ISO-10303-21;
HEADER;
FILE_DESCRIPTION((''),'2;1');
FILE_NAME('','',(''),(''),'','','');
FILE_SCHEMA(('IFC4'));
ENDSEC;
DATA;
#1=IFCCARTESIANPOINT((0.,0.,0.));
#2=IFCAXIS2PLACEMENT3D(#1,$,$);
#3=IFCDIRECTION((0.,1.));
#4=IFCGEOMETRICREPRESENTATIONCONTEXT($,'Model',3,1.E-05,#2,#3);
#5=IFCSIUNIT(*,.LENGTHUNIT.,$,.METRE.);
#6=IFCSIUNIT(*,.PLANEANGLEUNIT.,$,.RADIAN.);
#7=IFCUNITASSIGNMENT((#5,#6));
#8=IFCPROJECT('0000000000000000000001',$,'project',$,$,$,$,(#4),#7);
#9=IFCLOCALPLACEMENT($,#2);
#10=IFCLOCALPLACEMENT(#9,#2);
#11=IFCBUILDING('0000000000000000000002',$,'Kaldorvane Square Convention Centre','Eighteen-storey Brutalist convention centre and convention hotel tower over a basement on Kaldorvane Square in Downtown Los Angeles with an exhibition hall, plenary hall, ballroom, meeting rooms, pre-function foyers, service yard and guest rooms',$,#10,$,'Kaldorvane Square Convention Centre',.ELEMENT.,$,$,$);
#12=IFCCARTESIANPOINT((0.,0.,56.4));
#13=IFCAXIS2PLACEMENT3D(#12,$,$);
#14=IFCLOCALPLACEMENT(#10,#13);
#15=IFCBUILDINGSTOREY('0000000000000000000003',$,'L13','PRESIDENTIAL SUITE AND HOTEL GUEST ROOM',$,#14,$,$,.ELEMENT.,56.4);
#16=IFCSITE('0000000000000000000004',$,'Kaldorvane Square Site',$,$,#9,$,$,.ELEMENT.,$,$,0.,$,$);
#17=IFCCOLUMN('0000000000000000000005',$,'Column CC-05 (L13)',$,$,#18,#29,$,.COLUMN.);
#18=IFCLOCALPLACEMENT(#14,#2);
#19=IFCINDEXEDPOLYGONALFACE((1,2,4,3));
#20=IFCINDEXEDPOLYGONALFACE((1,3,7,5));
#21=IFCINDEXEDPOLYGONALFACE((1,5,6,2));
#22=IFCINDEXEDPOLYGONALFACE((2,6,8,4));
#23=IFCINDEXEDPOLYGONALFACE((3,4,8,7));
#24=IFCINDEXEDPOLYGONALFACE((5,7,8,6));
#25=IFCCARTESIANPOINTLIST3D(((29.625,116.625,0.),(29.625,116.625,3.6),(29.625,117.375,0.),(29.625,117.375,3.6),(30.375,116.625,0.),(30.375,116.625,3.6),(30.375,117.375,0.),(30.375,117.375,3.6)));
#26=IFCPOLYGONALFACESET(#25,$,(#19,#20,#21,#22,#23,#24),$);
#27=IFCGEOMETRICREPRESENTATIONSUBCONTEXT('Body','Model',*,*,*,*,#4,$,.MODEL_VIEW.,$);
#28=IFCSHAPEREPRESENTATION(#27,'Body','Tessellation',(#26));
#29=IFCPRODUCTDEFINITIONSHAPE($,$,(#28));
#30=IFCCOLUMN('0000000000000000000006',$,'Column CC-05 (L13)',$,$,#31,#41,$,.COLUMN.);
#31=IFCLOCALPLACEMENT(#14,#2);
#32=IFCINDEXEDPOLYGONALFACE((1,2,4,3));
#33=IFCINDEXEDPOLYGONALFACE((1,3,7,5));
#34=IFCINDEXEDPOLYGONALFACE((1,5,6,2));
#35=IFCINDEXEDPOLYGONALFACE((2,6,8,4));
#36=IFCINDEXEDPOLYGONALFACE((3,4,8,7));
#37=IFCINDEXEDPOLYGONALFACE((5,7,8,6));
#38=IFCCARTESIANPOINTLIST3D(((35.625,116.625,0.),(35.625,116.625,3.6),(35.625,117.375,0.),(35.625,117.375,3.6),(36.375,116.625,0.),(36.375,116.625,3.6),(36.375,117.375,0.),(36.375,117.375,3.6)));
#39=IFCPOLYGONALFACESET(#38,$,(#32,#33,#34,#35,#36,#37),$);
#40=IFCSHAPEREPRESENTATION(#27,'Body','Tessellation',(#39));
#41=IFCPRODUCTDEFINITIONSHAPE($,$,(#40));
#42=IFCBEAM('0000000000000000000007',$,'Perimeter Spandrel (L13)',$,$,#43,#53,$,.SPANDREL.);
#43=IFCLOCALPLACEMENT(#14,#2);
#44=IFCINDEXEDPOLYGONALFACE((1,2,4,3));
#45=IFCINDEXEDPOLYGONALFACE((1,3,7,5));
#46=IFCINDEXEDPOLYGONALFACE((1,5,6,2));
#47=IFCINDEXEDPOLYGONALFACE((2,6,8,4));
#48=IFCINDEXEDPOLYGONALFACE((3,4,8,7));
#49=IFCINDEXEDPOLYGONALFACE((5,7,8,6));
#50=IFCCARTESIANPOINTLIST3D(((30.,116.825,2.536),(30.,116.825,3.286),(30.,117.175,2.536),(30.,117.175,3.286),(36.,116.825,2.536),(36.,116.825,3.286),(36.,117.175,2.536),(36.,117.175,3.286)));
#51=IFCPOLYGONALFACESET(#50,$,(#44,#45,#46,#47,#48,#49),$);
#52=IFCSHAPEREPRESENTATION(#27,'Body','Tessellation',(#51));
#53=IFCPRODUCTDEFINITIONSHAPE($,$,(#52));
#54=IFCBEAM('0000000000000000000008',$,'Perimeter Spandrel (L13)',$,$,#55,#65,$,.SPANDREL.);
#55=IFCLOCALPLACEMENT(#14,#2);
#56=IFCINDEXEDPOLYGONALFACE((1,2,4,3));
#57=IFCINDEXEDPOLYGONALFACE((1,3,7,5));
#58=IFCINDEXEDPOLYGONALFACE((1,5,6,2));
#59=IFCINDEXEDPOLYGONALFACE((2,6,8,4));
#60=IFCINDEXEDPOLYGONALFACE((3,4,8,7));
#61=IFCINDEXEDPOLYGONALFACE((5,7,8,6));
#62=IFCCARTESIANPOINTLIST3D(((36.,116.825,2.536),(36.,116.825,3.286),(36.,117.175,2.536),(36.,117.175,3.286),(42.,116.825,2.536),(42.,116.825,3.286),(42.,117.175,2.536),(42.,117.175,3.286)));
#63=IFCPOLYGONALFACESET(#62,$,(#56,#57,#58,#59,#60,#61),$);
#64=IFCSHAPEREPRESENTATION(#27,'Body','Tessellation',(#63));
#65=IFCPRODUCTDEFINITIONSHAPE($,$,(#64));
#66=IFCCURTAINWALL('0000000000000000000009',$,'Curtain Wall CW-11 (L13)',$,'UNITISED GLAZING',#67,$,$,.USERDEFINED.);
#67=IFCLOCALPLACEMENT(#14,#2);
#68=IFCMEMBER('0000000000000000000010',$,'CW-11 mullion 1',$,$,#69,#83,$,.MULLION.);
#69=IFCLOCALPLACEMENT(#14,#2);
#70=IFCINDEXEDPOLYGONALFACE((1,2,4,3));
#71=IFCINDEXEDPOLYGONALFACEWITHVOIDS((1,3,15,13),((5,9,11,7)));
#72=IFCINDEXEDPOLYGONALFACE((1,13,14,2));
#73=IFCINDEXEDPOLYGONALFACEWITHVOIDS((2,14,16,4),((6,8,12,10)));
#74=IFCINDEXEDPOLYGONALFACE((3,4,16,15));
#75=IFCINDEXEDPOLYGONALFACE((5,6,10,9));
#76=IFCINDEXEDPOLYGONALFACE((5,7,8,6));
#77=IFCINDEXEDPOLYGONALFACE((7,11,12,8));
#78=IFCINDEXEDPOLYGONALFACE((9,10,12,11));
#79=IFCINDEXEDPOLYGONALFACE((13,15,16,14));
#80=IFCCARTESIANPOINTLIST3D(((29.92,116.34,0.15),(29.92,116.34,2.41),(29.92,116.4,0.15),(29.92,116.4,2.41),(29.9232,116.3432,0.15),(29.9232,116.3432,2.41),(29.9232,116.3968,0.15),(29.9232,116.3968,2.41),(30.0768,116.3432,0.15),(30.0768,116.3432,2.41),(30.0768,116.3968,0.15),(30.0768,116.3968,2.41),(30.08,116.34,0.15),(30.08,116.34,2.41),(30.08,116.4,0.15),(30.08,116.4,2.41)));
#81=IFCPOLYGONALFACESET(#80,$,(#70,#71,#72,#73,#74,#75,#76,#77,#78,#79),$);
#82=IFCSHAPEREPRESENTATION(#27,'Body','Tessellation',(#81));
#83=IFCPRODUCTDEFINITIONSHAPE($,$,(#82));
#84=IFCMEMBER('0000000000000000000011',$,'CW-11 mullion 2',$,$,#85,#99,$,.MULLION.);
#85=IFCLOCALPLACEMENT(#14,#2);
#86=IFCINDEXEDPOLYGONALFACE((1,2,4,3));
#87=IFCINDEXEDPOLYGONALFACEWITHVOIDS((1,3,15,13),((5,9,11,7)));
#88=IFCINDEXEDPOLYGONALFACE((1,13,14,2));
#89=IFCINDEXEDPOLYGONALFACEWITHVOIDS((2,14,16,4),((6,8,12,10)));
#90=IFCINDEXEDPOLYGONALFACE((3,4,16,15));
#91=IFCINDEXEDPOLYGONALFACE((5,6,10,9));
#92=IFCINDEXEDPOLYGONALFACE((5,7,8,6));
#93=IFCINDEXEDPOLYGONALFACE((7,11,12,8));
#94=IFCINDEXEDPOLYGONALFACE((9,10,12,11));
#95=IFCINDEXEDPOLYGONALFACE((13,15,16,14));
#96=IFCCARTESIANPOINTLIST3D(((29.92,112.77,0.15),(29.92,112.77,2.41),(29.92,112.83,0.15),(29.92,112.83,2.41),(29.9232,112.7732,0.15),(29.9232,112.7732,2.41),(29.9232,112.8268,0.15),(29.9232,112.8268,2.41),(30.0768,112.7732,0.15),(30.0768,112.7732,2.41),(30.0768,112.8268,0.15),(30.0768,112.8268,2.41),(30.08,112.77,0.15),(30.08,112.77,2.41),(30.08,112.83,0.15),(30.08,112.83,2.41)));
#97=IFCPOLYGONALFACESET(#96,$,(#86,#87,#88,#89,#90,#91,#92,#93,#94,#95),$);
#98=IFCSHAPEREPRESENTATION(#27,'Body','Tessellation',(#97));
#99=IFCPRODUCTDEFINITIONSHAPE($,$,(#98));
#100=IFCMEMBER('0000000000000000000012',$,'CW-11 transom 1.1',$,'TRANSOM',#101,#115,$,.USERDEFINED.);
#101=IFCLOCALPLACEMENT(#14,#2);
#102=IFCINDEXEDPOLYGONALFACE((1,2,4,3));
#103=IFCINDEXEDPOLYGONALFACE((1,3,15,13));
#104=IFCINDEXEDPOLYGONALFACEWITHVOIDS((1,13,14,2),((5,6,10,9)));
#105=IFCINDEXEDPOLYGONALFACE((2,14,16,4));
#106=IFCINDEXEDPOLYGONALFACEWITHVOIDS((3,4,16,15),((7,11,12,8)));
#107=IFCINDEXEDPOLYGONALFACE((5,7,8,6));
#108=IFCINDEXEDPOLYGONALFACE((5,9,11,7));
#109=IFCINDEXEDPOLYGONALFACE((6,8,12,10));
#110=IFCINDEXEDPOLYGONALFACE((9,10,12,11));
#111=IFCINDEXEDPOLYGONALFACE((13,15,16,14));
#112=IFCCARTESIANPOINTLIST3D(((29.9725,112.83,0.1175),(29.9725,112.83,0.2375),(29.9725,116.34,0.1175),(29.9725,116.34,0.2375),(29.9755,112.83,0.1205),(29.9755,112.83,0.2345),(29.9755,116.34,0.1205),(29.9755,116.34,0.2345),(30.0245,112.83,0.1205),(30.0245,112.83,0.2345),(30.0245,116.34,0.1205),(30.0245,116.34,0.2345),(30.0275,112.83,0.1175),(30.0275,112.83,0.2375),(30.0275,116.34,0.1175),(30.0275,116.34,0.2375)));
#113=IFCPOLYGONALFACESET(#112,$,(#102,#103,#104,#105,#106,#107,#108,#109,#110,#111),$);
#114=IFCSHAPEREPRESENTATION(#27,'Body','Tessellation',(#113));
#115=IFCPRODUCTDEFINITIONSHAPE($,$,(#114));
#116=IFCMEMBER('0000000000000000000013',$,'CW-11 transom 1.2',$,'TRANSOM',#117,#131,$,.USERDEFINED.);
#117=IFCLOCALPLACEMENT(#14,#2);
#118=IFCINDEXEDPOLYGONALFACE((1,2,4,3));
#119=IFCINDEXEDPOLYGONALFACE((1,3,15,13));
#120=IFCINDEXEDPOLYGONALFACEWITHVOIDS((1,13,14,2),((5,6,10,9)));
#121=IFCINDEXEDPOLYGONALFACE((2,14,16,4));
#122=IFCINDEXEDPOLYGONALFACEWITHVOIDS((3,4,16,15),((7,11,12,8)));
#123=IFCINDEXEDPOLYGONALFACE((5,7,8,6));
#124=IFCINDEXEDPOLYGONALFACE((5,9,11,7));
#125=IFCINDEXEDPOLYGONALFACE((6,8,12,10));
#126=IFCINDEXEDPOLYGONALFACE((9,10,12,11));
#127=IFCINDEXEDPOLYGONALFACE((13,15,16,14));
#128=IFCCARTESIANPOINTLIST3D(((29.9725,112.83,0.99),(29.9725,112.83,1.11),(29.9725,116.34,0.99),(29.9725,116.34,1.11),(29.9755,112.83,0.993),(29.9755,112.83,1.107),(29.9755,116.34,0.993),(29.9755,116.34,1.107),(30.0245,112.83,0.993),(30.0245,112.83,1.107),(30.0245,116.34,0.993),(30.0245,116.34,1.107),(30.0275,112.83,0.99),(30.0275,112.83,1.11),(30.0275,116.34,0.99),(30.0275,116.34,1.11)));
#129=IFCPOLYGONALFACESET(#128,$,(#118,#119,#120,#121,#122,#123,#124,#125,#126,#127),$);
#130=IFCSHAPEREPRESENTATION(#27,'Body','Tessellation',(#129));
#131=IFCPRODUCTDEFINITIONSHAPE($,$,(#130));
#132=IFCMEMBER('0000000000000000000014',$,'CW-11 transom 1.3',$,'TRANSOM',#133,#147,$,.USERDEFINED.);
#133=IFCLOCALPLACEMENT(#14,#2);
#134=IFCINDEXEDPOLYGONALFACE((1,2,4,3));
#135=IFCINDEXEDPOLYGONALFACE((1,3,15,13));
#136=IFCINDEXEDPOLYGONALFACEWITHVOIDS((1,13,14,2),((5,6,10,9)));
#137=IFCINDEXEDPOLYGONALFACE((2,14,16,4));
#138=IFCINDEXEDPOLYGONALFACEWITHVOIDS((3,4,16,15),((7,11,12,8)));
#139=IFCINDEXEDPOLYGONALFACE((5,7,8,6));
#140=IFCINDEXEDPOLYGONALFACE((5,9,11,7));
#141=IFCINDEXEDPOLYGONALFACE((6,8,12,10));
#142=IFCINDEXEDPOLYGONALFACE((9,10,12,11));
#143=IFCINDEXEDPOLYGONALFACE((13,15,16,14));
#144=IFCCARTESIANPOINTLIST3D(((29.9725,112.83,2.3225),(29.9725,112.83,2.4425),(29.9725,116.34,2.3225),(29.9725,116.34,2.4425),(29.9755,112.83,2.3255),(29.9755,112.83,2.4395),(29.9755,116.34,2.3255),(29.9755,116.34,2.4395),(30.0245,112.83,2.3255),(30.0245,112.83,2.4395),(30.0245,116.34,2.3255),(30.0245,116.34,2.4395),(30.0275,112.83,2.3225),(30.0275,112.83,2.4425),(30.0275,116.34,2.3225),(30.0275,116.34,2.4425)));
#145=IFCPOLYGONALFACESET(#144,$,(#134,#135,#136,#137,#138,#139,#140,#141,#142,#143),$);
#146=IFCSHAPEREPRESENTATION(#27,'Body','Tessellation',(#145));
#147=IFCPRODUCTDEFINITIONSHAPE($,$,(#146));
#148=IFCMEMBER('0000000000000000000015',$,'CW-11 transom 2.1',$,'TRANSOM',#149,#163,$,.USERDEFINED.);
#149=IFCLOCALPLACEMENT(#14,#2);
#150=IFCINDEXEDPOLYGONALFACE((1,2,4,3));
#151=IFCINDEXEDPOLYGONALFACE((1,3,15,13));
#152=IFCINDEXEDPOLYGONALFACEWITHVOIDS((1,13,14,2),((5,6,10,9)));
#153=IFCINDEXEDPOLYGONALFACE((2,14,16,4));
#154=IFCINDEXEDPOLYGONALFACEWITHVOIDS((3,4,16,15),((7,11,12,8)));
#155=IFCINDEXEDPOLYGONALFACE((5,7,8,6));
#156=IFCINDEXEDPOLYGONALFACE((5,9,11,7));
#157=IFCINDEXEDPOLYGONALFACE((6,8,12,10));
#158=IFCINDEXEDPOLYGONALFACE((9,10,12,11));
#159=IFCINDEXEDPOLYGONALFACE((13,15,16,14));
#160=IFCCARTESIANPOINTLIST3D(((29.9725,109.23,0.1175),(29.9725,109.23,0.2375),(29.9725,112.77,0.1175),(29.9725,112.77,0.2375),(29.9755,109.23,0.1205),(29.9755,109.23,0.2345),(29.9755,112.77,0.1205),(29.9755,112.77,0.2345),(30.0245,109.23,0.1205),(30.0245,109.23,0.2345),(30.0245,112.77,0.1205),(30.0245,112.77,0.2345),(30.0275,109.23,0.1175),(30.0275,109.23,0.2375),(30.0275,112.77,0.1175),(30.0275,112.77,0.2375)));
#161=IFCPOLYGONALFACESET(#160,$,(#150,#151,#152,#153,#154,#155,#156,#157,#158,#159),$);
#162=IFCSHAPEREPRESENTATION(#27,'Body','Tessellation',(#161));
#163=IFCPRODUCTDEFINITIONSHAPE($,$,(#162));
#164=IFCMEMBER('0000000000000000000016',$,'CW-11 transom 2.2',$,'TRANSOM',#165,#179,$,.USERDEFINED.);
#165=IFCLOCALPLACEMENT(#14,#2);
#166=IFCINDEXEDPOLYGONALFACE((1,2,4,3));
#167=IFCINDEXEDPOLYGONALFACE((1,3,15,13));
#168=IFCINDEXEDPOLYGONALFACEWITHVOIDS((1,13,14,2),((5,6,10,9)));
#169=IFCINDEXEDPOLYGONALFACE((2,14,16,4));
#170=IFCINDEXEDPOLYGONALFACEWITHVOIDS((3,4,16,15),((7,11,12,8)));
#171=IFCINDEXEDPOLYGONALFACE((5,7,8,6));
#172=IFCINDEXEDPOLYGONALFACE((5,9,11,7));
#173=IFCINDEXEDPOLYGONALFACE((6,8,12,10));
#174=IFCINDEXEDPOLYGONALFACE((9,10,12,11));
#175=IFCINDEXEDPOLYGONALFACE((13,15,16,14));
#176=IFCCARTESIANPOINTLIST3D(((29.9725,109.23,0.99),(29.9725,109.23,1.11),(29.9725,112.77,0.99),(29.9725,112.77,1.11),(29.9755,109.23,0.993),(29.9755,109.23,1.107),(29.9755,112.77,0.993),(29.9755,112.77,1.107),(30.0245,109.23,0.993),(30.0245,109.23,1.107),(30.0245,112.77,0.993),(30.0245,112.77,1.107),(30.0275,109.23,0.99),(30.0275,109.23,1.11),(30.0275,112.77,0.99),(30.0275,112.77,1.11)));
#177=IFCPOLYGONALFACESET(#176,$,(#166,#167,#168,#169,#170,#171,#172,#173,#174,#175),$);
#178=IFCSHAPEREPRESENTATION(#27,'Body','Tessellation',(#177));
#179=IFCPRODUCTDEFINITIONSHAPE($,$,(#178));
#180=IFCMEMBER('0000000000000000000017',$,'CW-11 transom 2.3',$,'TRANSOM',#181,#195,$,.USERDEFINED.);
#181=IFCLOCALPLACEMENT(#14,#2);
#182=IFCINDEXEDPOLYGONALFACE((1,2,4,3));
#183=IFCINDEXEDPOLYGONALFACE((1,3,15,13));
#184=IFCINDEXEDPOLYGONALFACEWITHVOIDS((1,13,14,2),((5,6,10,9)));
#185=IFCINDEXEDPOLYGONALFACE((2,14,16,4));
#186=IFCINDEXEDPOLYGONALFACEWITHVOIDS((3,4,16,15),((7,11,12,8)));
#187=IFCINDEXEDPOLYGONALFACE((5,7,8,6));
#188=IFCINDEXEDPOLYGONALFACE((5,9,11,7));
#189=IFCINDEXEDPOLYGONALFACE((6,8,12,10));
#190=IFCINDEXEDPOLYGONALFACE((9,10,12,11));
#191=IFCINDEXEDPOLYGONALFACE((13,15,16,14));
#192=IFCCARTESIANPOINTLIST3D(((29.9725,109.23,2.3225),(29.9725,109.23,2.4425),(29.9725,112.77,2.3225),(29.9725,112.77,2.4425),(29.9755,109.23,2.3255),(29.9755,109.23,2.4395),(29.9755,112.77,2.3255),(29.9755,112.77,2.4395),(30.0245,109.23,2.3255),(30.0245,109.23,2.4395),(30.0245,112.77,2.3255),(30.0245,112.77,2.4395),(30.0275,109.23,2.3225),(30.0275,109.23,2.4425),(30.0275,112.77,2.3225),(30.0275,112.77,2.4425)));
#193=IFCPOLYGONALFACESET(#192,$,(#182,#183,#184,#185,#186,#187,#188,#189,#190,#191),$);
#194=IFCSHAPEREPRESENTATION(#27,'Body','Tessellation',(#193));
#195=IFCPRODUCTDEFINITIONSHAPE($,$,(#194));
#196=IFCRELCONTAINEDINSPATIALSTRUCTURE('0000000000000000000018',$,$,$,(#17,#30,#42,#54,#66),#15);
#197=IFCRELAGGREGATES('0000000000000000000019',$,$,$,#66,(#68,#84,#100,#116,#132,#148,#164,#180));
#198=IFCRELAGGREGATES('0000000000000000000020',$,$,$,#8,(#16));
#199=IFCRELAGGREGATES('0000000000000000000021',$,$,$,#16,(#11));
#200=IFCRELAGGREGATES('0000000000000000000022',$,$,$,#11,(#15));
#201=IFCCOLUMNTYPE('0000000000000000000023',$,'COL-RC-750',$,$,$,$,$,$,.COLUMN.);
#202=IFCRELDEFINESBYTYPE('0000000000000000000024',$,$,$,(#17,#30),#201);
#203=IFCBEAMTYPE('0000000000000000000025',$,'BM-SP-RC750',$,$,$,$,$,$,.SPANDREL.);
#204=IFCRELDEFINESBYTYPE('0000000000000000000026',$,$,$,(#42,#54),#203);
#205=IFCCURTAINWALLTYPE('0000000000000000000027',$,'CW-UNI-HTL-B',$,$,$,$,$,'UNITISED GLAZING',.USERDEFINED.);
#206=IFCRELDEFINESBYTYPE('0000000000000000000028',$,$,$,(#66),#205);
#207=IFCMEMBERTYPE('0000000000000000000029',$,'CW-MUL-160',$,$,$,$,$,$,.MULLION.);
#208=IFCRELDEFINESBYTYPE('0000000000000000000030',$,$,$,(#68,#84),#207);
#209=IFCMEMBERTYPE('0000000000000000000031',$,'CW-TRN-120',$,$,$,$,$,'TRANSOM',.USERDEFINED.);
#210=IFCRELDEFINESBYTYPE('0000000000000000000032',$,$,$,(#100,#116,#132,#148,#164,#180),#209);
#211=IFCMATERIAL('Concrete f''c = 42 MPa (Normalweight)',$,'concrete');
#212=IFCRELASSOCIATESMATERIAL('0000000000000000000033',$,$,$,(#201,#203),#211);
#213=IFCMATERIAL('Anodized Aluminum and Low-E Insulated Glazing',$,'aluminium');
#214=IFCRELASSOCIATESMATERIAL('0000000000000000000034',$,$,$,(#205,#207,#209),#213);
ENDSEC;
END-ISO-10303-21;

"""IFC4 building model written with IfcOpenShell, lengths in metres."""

from ifc_helpers import new_model, si_unit, direction, frame, origin, origin_2d, place, context, subcontext, project, spatial, rectangle, hollow_rectangle, extrude, material, material_profile, profile_set, type_object, element, aggregate, save


model = new_model("IFC4")

# Units and contexts
model_context = context("Model", 3, precision=1e-05, world=origin(), true_north=direction((0.0, 1.0)))
body_context = subcontext(model_context, "Body", "Model", "MODEL_VIEW")
ifc_project = project(units=[si_unit("LENGTHUNIT", "METRE"), si_unit("PLANEANGLEUNIT", "RADIAN")], contexts=[model_context])

# Site, building, storey
site_placement = place(None, origin())
site = spatial("IfcSite", under=ifc_project, at=site_placement, Name="Kaldorvane Square Site", CompositionType="ELEMENT", RefElevation=0.0)
building_placement = place(site_placement, origin())
building = spatial("IfcBuilding", under=site, at=building_placement, Name="Kaldorvane Square Convention Centre", Description="Eighteen-storey Brutalist convention centre and convention hotel tower over a basement on Kaldorvane Square in Downtown Los Angeles with an exhibition hall, plenary hall, ballroom, meeting rooms, pre-function foyers, service yard and guest rooms", LongName="Kaldorvane Square Convention Centre", CompositionType="ELEMENT")
storey_placement = place(building_placement, frame((0.0, 0.0, 56.4)))
storey = spatial("IfcBuildingStorey", under=building, at=storey_placement, Name="L13", Description="PRESIDENTIAL SUITE AND HOTEL GUEST ROOM", CompositionType="ELEMENT", Elevation=56.4)

# Columns
ifc_material_1 = material(Name="Concrete f'c = 42 MPa (Normalweight)", Category="concrete")
ifc_material_profile_1 = material_profile(ifc_material_1, rectangle(XDim=0.75, YDim=0.75, at=origin_2d()), Name="RC750X750")
ifc_profile_set_1 = profile_set([ifc_material_profile_1], Name="Concrete f'c = 42 MPa (Normalweight)")
column_type = type_object("IfcColumnType", Name="COL-RC-750", PredefinedType="COLUMN", material=ifc_profile_set_1)
for number, where, z_axis, x_axis, name in (
    (1, (30.0, 117.0, 0.0), (0.0, 0.0, 1.0), (1.0, 0.0, 0.0), "Column CC-05 (L13)"),
    (2, (36.0, 117.0, 0.0), (0.0, 0.0, 1.0), (1.0, 0.0, 0.0), "Column CC-05 (L13)"),
):
    element("IfcColumn", number, at=place(storey_placement, frame(where, z_axis=z_axis, x_axis=x_axis)), inside=storey, type_object=column_type, Name=name, PredefinedType="COLUMN", context=body_context, shape_type="SweptSolid", body=[
        extrude(rectangle(XDim=0.75, YDim=0.75, at=origin_2d()), origin(), (0.0, 0.0, 1.0), 3.6),
    ])

# Beams
ifc_material_profile_2 = material_profile(ifc_material_1, rectangle(XDim=0.35, YDim=0.75, at=origin_2d()), Name="RCSP750X350")
ifc_profile_set_2 = profile_set([ifc_material_profile_2], Name="Concrete f'c = 42 MPa (Normalweight)")
beam_type = type_object("IfcBeamType", Name="BM-SP-RC750", PredefinedType="SPANDREL", material=ifc_profile_set_2)
for number, where, z_axis, x_axis, name in (
    (3, (30.0, 117.0, 2.911), (1.0, 0.0, 0.0), (0.0, 1.0, 0.0), "Perimeter Spandrel (L13)"),
    (4, (36.0, 117.0, 2.911), (1.0, 0.0, 0.0), (0.0, 1.0, 0.0), "Perimeter Spandrel (L13)"),
):
    element("IfcBeam", number, at=place(storey_placement, frame(where, z_axis=z_axis, x_axis=x_axis)), inside=storey, type_object=beam_type, Name=name, PredefinedType="SPANDREL", context=body_context, shape_type="SweptSolid", body=[
        extrude(rectangle(XDim=0.35, YDim=0.75, at=origin_2d()), origin(), (0.0, 0.0, 1.0), 6.0),
    ])

# Curtain wall, members
ifc_material_2 = material(Name="Anodized Aluminum and Low-E Insulated Glazing", Category="aluminium")
curtain_wall_type = type_object("IfcCurtainWallType", Name="CW-UNI-HTL-B", ElementType="UNITISED GLAZING", PredefinedType="USERDEFINED", material=ifc_material_2)
curtain_wall_placement = place(storey_placement, origin())
curtain_wall = element("IfcCurtainWall", 5, at=curtain_wall_placement, inside=storey, type_object=curtain_wall_type, Name="Curtain Wall CW-11 (L13)", ObjectType="UNITISED GLAZING", PredefinedType="USERDEFINED")
ifc_material_profile_3 = material_profile(ifc_material_2, hollow_rectangle(XDim=0.06, YDim=0.16, WallThickness=0.0032, at=origin_2d()), Name="CWM-160X60")
ifc_profile_set_3 = profile_set([ifc_material_profile_3], Name="Anodized Aluminum and Low-E Insulated Glazing")
member_type_1 = type_object("IfcMemberType", Name="CW-MUL-160", PredefinedType="MULLION", material=ifc_profile_set_3)
member_1_placement = place(storey_placement, frame((30.0, 116.37, 0.15), z_axis=(0.0, 0.0, 1.0), x_axis=(0.0, -1.0, 0.0)))
member_1 = element("IfcMember", 6, at=member_1_placement, type_object=member_type_1, Name="CW-11 mullion 1", PredefinedType="MULLION", context=body_context, shape_type="SweptSolid", body=[
    extrude(hollow_rectangle(XDim=0.06, YDim=0.16, WallThickness=0.0032, at=origin_2d()), origin(), (0.0, 0.0, 1.0), 2.26),
])
member_2_placement = place(storey_placement, frame((30.0, 112.8, 0.15), z_axis=(0.0, 0.0, 1.0), x_axis=(0.0, -1.0, 0.0)))
member_2 = element("IfcMember", 7, at=member_2_placement, type_object=member_type_1, Name="CW-11 mullion 2", PredefinedType="MULLION", context=body_context, shape_type="SweptSolid", body=[
    extrude(hollow_rectangle(XDim=0.06, YDim=0.16, WallThickness=0.0032, at=origin_2d()), origin(), (0.0, 0.0, 1.0), 2.26),
])
ifc_material_profile_4 = material_profile(ifc_material_2, hollow_rectangle(XDim=0.055, YDim=0.12, WallThickness=0.003, at=origin_2d()), Name="CWT-120X55")
ifc_profile_set_4 = profile_set([ifc_material_profile_4], Name="Anodized Aluminum and Low-E Insulated Glazing")
member_type_2 = type_object("IfcMemberType", Name="CW-TRN-120", ElementType="TRANSOM", PredefinedType="USERDEFINED", material=ifc_profile_set_4)
member_3_placement = place(storey_placement, frame((30.0, 116.34, 0.1775), z_axis=(0.0, -1.0, 0.0), x_axis=(1.0, 0.0, 0.0)))
member_3 = element("IfcMember", 8, at=member_3_placement, type_object=member_type_2, Name="CW-11 transom 1.1", ObjectType="TRANSOM", PredefinedType="USERDEFINED", context=body_context, shape_type="SweptSolid", body=[
    extrude(hollow_rectangle(XDim=0.055, YDim=0.12, WallThickness=0.003, at=origin_2d()), origin(), (0.0, 0.0, 1.0), 3.51),
])
member_4_placement = place(storey_placement, frame((30.0, 116.34, 1.05), z_axis=(0.0, -1.0, 0.0), x_axis=(1.0, 0.0, 0.0)))
member_4 = element("IfcMember", 9, at=member_4_placement, type_object=member_type_2, Name="CW-11 transom 1.2", ObjectType="TRANSOM", PredefinedType="USERDEFINED", context=body_context, shape_type="SweptSolid", body=[
    extrude(hollow_rectangle(XDim=0.055, YDim=0.12, WallThickness=0.003, at=origin_2d()), origin(), (0.0, 0.0, 1.0), 3.51),
])
member_5_placement = place(storey_placement, frame((30.0, 116.34, 2.3825), z_axis=(0.0, -1.0, 0.0), x_axis=(1.0, 0.0, 0.0)))
member_5 = element("IfcMember", 10, at=member_5_placement, type_object=member_type_2, Name="CW-11 transom 1.3", ObjectType="TRANSOM", PredefinedType="USERDEFINED", context=body_context, shape_type="SweptSolid", body=[
    extrude(hollow_rectangle(XDim=0.055, YDim=0.12, WallThickness=0.003, at=origin_2d()), origin(), (0.0, 0.0, 1.0), 3.51),
])
member_6_placement = place(storey_placement, frame((30.0, 112.77, 0.1775), z_axis=(0.0, -1.0, 0.0), x_axis=(1.0, 0.0, 0.0)))
member_6 = element("IfcMember", 11, at=member_6_placement, type_object=member_type_2, Name="CW-11 transom 2.1", ObjectType="TRANSOM", PredefinedType="USERDEFINED", context=body_context, shape_type="SweptSolid", body=[
    extrude(hollow_rectangle(XDim=0.055, YDim=0.12, WallThickness=0.003, at=origin_2d()), origin(), (0.0, 0.0, 1.0), 3.54),
])
member_7_placement = place(storey_placement, frame((30.0, 112.77, 1.05), z_axis=(0.0, -1.0, 0.0), x_axis=(1.0, 0.0, 0.0)))
member_7 = element("IfcMember", 12, at=member_7_placement, type_object=member_type_2, Name="CW-11 transom 2.2", ObjectType="TRANSOM", PredefinedType="USERDEFINED", context=body_context, shape_type="SweptSolid", body=[
    extrude(hollow_rectangle(XDim=0.055, YDim=0.12, WallThickness=0.003, at=origin_2d()), origin(), (0.0, 0.0, 1.0), 3.54),
])
member_8_placement = place(storey_placement, frame((30.0, 112.77, 2.3825), z_axis=(0.0, -1.0, 0.0), x_axis=(1.0, 0.0, 0.0)))
member_8 = element("IfcMember", 13, at=member_8_placement, type_object=member_type_2, Name="CW-11 transom 2.3", ObjectType="TRANSOM", PredefinedType="USERDEFINED", context=body_context, shape_type="SweptSolid", body=[
    extrude(hollow_rectangle(XDim=0.055, YDim=0.12, WallThickness=0.003, at=origin_2d()), origin(), (0.0, 0.0, 1.0), 3.54),
])
aggregate(curtain_wall, [member_1, member_2, member_3, member_4, member_5, member_6, member_7, member_8])

save(model, "model.ifc")
